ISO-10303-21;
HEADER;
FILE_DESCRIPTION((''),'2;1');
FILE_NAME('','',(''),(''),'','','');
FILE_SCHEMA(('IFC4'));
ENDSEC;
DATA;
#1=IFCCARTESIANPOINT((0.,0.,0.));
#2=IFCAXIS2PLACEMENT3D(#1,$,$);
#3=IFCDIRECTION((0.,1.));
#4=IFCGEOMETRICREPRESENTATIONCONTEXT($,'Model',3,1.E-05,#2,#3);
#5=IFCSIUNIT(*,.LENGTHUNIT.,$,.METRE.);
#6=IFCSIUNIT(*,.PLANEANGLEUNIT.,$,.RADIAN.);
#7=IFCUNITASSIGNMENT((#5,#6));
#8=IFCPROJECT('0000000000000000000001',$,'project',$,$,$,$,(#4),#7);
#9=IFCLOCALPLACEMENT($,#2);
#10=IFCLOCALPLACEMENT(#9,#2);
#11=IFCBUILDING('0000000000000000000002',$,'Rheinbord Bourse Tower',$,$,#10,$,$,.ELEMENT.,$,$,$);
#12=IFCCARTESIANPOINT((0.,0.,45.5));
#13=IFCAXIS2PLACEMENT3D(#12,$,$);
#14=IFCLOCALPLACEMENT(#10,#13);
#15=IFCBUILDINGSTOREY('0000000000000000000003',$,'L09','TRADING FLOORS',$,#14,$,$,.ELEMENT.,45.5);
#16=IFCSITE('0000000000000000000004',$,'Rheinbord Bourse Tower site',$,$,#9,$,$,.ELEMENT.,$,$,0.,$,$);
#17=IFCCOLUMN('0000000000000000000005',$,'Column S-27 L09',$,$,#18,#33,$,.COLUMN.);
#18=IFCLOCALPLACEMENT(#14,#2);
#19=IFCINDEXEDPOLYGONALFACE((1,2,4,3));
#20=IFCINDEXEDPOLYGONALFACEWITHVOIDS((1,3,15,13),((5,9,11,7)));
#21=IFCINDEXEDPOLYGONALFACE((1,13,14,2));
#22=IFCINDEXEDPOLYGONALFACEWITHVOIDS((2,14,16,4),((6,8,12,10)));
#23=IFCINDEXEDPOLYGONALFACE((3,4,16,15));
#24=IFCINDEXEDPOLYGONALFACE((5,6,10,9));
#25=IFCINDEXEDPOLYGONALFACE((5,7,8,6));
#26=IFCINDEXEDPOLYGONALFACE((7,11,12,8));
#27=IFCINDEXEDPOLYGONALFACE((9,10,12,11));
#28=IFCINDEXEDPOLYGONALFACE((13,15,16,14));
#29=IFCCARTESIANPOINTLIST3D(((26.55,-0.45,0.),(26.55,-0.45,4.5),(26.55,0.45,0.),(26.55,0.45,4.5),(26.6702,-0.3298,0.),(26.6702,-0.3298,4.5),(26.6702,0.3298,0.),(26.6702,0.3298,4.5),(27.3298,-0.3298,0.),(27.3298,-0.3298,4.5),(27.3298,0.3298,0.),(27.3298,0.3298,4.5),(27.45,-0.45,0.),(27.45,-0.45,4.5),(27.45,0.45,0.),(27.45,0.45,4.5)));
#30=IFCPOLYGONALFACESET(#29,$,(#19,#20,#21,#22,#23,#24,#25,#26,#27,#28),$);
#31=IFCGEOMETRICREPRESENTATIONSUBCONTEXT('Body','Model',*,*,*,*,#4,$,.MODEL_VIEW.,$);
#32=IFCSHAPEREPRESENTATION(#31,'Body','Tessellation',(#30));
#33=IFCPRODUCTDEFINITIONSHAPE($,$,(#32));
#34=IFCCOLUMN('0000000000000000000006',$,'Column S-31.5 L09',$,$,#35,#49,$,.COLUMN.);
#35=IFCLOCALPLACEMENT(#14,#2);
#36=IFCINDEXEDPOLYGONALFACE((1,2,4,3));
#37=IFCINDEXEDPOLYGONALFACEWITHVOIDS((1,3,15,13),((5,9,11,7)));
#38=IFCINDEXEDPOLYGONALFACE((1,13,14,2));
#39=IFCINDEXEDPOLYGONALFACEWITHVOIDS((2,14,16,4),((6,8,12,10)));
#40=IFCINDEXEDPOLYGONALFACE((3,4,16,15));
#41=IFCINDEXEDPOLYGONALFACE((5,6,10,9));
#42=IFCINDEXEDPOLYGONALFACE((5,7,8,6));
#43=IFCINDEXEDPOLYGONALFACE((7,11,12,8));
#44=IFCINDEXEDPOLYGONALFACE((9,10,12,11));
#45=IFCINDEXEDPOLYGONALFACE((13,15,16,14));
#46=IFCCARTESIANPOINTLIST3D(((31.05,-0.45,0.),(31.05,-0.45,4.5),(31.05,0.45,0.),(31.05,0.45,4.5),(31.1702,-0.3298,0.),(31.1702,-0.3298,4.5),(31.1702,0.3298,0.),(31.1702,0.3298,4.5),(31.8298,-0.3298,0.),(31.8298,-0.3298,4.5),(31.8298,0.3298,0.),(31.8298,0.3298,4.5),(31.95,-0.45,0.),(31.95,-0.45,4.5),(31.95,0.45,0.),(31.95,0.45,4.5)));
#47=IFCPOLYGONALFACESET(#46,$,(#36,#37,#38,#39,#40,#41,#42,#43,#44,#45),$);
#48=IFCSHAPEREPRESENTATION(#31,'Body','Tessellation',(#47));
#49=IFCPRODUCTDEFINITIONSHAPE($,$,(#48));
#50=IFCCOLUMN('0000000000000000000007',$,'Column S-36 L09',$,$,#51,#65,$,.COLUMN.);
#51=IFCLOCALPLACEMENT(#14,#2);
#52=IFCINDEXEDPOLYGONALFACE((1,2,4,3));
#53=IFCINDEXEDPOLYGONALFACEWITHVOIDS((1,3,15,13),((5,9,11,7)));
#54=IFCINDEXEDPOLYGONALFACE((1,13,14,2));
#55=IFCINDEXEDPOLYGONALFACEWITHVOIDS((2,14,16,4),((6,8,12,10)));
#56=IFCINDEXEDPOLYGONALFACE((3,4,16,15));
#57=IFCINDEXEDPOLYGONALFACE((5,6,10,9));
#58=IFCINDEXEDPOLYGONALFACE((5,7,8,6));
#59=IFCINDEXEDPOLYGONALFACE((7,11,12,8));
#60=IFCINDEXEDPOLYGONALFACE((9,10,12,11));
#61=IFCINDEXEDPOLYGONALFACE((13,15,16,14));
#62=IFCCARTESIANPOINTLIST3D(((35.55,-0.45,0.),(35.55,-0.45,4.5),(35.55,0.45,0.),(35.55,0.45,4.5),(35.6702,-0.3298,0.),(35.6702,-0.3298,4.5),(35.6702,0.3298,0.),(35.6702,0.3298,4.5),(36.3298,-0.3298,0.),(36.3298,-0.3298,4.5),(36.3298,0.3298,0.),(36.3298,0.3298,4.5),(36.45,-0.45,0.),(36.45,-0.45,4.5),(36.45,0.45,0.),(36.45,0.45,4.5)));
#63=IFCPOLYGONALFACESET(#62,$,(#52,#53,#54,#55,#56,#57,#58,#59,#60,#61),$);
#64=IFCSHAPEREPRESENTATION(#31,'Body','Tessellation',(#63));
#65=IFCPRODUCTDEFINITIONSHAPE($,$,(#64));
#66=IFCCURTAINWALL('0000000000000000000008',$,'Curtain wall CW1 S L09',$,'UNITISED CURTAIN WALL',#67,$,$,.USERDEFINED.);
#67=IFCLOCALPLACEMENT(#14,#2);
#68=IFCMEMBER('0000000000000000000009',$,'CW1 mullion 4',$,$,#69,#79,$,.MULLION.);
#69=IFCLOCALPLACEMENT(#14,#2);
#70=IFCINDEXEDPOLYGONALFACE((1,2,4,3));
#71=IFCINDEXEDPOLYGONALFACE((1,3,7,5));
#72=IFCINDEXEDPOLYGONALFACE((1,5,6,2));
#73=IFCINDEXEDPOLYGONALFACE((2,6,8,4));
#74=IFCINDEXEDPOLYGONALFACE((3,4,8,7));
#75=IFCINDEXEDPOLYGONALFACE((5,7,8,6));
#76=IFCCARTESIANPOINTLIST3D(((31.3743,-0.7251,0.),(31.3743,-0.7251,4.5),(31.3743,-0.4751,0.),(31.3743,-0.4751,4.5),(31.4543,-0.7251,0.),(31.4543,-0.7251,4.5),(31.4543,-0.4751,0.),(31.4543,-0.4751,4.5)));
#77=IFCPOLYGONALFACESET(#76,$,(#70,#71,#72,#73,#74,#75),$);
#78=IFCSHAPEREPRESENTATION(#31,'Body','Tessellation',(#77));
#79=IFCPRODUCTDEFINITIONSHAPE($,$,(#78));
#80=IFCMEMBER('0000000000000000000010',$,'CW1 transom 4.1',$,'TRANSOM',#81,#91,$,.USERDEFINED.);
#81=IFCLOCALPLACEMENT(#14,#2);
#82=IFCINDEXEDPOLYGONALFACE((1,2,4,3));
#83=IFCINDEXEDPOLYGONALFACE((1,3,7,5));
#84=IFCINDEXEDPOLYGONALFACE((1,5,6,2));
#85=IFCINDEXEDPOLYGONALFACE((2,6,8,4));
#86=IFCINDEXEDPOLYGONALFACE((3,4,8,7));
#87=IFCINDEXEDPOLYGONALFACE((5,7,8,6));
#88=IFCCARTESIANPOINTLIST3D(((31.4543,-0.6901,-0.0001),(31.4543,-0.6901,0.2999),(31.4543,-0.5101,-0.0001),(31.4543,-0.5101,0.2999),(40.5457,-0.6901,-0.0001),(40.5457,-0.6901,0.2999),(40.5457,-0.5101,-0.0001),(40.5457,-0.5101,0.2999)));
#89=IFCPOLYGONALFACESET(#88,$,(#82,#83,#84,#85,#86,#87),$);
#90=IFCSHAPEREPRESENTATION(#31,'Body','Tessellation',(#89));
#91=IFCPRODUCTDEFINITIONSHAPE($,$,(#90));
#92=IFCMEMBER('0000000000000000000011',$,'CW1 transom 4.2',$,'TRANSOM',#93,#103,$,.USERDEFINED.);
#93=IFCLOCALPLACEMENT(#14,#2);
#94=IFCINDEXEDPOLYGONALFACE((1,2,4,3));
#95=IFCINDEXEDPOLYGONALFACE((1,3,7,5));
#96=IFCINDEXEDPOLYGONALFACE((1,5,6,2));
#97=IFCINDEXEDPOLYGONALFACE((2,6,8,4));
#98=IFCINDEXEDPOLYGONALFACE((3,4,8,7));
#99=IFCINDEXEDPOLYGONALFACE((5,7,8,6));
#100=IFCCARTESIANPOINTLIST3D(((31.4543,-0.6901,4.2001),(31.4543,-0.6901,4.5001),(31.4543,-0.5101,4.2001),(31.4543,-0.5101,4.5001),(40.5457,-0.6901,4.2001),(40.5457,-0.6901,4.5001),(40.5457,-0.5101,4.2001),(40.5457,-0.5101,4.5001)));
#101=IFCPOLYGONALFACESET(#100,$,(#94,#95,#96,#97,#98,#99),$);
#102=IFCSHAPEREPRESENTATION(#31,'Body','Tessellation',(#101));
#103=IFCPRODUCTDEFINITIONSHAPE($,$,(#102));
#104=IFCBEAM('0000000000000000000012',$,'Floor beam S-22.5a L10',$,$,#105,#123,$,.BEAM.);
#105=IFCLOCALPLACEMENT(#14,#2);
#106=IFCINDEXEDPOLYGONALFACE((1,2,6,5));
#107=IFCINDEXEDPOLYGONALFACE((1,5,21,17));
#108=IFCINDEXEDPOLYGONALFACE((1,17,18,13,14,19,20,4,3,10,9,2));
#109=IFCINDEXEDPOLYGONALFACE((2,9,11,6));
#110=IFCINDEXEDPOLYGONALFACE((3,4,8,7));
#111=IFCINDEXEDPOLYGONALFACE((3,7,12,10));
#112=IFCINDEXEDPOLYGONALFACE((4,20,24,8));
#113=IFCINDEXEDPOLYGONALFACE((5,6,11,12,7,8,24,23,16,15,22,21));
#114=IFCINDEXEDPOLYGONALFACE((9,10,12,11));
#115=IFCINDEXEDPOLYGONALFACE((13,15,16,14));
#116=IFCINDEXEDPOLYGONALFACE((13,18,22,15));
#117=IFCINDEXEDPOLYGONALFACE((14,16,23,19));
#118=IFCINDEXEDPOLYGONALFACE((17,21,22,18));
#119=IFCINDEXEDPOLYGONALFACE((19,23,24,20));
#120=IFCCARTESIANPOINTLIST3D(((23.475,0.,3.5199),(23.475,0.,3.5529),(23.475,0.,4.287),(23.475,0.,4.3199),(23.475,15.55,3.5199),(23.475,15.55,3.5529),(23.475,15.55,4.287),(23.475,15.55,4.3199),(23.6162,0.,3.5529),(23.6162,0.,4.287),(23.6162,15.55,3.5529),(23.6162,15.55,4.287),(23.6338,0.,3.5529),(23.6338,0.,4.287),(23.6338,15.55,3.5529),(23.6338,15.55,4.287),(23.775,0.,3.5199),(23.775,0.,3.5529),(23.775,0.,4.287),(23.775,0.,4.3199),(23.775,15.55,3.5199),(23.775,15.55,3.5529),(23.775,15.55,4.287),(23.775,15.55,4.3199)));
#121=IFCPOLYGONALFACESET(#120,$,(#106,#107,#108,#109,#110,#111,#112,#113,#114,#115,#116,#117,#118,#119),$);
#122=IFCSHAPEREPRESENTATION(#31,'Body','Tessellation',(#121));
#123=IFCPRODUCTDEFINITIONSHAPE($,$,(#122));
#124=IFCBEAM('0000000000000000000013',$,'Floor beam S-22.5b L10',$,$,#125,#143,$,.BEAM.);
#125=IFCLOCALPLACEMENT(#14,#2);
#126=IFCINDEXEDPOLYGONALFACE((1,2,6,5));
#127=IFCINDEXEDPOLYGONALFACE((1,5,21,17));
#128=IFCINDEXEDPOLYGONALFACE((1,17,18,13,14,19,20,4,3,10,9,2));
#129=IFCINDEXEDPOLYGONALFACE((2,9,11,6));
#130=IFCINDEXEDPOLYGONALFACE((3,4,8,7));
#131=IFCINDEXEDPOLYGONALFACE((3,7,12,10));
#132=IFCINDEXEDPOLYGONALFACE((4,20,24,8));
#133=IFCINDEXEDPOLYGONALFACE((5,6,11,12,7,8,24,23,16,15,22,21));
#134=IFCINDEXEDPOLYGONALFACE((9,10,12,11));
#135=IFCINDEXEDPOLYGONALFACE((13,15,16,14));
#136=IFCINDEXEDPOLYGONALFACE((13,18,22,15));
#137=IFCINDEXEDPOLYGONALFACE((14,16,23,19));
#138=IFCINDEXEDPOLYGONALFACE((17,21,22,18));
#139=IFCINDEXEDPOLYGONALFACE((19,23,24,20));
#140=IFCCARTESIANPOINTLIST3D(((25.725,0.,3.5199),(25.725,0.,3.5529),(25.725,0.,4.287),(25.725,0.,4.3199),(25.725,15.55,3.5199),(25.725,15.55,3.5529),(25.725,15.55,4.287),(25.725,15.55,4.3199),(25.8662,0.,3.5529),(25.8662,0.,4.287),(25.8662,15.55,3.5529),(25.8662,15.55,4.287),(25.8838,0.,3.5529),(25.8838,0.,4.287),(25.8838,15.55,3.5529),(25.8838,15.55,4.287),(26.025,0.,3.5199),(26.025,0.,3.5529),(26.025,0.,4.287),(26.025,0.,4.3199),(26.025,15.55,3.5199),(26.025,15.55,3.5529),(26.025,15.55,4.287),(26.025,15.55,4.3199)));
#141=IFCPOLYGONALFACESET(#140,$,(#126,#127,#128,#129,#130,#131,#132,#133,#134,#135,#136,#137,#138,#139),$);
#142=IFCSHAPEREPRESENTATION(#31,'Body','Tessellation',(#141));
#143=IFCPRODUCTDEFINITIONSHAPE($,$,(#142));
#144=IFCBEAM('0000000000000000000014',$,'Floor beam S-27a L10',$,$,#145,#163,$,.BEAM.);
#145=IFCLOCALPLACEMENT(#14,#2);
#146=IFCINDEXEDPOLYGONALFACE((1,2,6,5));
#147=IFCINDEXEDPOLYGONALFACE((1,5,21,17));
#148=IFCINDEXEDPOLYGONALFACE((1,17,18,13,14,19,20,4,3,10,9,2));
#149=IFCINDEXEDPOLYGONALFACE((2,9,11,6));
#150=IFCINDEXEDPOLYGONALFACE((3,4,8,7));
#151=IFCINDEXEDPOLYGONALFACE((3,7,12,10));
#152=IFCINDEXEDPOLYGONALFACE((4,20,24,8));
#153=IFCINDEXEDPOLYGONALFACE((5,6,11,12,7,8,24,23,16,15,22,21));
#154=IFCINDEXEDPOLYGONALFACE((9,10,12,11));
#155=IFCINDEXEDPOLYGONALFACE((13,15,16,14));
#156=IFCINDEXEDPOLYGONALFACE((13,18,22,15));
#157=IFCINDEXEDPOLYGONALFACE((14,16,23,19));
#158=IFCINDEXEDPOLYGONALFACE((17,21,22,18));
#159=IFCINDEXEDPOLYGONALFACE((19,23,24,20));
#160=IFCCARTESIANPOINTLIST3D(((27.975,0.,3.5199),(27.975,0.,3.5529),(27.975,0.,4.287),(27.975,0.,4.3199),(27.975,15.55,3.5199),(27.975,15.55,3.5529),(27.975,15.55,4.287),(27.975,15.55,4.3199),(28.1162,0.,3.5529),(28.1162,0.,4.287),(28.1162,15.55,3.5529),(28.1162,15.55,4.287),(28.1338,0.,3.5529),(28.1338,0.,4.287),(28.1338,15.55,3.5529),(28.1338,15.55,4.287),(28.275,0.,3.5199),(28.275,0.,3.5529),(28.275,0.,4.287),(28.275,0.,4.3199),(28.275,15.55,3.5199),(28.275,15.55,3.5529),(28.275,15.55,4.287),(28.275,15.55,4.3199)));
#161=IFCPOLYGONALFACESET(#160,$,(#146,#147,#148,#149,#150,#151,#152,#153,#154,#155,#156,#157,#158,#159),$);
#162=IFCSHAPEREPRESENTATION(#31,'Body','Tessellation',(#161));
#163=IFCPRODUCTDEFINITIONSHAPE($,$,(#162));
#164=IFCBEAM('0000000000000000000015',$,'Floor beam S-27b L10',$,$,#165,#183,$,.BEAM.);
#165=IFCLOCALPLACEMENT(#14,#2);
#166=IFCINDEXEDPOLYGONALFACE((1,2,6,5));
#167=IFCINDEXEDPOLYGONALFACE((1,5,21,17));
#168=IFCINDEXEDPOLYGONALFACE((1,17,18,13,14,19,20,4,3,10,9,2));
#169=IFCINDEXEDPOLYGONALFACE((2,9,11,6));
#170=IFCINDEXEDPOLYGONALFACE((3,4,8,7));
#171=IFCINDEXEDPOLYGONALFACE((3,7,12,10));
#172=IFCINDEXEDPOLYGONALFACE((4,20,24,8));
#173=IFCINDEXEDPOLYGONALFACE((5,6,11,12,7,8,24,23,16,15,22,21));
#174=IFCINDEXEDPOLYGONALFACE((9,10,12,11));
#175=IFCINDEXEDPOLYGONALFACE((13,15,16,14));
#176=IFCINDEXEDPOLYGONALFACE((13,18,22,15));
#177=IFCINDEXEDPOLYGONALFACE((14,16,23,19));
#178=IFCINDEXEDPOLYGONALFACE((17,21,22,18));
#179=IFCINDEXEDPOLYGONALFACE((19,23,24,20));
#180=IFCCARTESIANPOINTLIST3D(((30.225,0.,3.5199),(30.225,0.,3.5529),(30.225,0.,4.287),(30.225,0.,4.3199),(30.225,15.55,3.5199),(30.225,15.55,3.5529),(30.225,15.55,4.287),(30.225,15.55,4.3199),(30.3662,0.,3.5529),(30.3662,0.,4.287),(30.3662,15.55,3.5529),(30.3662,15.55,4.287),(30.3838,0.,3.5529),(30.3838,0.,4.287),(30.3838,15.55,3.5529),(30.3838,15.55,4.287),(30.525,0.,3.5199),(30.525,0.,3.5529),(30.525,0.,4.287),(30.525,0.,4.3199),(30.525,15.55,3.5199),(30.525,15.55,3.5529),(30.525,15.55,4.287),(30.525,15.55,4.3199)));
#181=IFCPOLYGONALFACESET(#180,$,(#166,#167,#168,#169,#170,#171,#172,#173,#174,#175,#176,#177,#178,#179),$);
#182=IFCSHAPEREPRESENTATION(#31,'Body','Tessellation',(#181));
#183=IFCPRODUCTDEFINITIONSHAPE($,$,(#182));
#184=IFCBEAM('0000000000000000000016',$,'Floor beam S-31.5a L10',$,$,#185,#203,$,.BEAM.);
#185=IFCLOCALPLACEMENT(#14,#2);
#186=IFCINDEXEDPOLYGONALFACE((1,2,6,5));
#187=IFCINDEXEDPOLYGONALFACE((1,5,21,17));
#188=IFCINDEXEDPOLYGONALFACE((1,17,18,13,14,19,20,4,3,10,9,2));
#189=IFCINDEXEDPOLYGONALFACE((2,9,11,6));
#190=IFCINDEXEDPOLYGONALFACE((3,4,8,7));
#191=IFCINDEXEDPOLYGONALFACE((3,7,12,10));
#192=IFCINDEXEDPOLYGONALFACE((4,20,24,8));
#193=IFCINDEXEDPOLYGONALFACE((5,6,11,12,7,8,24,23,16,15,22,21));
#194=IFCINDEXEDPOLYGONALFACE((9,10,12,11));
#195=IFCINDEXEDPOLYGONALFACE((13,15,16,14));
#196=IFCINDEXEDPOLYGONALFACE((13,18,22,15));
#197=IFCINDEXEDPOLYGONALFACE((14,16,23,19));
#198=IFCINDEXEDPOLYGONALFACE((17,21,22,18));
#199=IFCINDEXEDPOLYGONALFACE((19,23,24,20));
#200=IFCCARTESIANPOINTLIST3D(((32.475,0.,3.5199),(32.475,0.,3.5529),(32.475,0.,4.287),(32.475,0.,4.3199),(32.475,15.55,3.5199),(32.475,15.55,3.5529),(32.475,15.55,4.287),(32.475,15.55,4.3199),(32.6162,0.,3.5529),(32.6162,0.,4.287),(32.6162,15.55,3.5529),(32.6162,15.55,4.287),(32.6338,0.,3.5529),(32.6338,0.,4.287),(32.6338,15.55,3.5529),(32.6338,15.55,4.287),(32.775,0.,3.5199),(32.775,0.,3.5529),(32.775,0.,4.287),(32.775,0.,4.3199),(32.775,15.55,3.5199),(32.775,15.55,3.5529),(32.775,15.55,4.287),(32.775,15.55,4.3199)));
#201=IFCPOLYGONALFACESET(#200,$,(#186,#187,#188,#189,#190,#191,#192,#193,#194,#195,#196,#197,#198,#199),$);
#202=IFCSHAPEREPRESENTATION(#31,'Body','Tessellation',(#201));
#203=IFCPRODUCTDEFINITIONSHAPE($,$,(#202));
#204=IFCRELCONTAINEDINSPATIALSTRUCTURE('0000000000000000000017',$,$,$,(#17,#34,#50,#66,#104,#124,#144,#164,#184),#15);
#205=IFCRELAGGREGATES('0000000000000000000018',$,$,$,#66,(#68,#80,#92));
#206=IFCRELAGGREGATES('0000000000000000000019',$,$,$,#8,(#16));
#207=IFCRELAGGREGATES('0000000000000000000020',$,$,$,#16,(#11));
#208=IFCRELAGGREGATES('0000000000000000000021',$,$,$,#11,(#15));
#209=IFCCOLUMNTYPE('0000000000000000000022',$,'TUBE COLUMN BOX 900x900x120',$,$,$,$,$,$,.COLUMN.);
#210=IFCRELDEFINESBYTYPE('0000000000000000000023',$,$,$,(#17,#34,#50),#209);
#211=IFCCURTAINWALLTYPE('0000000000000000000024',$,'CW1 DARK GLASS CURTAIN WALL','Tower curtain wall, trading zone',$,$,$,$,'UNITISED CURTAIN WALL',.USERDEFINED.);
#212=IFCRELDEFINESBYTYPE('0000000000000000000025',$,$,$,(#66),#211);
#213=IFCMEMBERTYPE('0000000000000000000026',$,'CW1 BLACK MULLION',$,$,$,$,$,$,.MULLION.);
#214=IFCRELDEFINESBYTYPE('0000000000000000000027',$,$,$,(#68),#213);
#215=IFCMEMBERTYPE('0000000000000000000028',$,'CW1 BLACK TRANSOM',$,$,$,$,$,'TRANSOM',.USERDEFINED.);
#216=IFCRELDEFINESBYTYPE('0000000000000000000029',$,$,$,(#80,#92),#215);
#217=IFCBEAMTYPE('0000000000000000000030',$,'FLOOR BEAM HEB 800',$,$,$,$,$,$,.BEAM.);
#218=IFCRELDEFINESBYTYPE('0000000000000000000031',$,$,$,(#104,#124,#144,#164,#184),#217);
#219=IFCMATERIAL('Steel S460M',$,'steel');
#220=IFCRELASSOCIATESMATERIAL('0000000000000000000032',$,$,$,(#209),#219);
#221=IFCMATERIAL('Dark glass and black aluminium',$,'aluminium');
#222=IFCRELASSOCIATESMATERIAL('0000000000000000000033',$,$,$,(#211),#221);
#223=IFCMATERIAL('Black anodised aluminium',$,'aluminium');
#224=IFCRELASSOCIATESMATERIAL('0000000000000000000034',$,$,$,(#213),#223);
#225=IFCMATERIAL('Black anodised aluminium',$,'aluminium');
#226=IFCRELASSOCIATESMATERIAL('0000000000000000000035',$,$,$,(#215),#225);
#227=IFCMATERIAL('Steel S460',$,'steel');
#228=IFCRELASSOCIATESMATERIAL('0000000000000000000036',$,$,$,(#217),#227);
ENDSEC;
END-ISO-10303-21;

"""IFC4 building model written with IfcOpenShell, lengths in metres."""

from ifc_helpers import new_model, si_unit, direction, frame, origin, origin_2d, place, context, subcontext, project, spatial, rectangle, hollow_rectangle, i_section, extrude, material, material_profile, profile_set, type_object, element, aggregate, save


model = new_model("IFC4")

# Units and contexts
model_context = context("Model", 3, precision=1e-05, world=origin(), true_north=direction((0.0, 1.0)))
body_context = subcontext(model_context, "Body", "Model", "MODEL_VIEW")
ifc_project = project(units=[si_unit("LENGTHUNIT", "METRE"), si_unit("PLANEANGLEUNIT", "RADIAN")], contexts=[model_context])

# Site, building, storey
site_placement = place(None, origin())
site = spatial("IfcSite", under=ifc_project, at=site_placement, Name="Rheinbord Bourse Tower site", CompositionType="ELEMENT", RefElevation=0.0)
building_placement = place(site_placement, origin())
building = spatial("IfcBuilding", under=site, at=building_placement, Name="Rheinbord Bourse Tower", CompositionType="ELEMENT")
storey_placement = place(building_placement, frame((0.0, 0.0, 45.5)))
storey = spatial("IfcBuildingStorey", under=building, at=storey_placement, Name="L09", Description="TRADING FLOORS", CompositionType="ELEMENT", Elevation=45.5)

# Columns
ifc_material_1 = material(Name="Steel S460M", Category="steel")
ifc_material_profile_1 = material_profile(ifc_material_1, hollow_rectangle(XDim=0.8999, YDim=0.8999, WallThickness=0.1201, at=origin_2d()), Name="BOX 900x900x120")
ifc_profile_set_1 = profile_set([ifc_material_profile_1], Name="Steel S460M")
column_type = type_object("IfcColumnType", Name="TUBE COLUMN BOX 900x900x120", PredefinedType="COLUMN", material=ifc_profile_set_1)
for number, where, z_axis, x_axis, name in (
    (1, (27.0, 0.0, 0.0), (0.0, 0.0, 1.0), (0.0, 1.0, 0.0), "Column S-27 L09"),
    (2, (31.5, 0.0, 0.0), (0.0, 0.0, 1.0), (0.0, 1.0, 0.0), "Column S-31.5 L09"),
    (3, (36.0, 0.0, 0.0), (0.0, 0.0, 1.0), (0.0, 1.0, 0.0), "Column S-36 L09"),
):
    element("IfcColumn", number, at=place(storey_placement, frame(where, z_axis=z_axis, x_axis=x_axis)), inside=storey, type_object=column_type, Name=name, PredefinedType="COLUMN", context=body_context, shape_type="SweptSolid", body=[
        extrude(hollow_rectangle(XDim=0.8999, YDim=0.8999, WallThickness=0.1201, at=origin_2d()), origin(), (0.0, 0.0, 1.0), 4.5),
    ])

# Curtain wall, members
ifc_material_2 = material(Name="Dark glass and black aluminium", Category="aluminium")
curtain_wall_type = type_object("IfcCurtainWallType", Name="CW1 DARK GLASS CURTAIN WALL", Description="Tower curtain wall, trading zone", ElementType="UNITISED CURTAIN WALL", PredefinedType="USERDEFINED", material=ifc_material_2)
curtain_wall_placement = place(storey_placement, origin())
curtain_wall = element("IfcCurtainWall", 4, at=curtain_wall_placement, inside=storey, type_object=curtain_wall_type, Name="Curtain wall CW1 S L09", ObjectType="UNITISED CURTAIN WALL", PredefinedType="USERDEFINED")
ifc_material_3 = material(Name="Black anodised aluminium", Category="aluminium")
ifc_material_profile_2 = material_profile(ifc_material_3, rectangle(XDim=0.25, YDim=0.0801, at=origin_2d()), Name="CW1 MULLION 80x250")
ifc_profile_set_2 = profile_set([ifc_material_profile_2], Name="Black anodised aluminium")
member_type_1 = type_object("IfcMemberType", Name="CW1 BLACK MULLION", PredefinedType="MULLION", material=ifc_profile_set_2)
member_1_placement = place(storey_placement, frame((31.4143, -0.6001, 0.0), z_axis=(0.0, 0.0, 1.0), x_axis=(0.0, 1.0, 0.0)))
member_1 = element("IfcMember", 5, at=member_1_placement, type_object=member_type_1, Name="CW1 mullion 4", PredefinedType="MULLION", context=body_context, shape_type="SweptSolid", body=[
    extrude(rectangle(XDim=0.25, YDim=0.0801, at=origin_2d()), origin(), (0.0, 0.0, 1.0), 4.5),
])
ifc_material_4 = material(Name="Black anodised aluminium", Category="aluminium")
ifc_material_profile_3 = material_profile(ifc_material_4, rectangle(XDim=0.1799, YDim=0.3, at=origin_2d()), Name="CW1 TRANSOM 300x180")
ifc_profile_set_3 = profile_set([ifc_material_profile_3], Name="Black anodised aluminium")
member_type_2 = type_object("IfcMemberType", Name="CW1 BLACK TRANSOM", ElementType="TRANSOM", PredefinedType="USERDEFINED", material=ifc_profile_set_3)
member_2_placement = place(storey_placement, frame((31.4543, -0.6001, 0.1499), z_axis=(1.0, 0.0, 0.0), x_axis=(0.0, 1.0, 0.0)))
member_2 = element("IfcMember", 6, at=member_2_placement, type_object=member_type_2, Name="CW1 transom 4.1", ObjectType="TRANSOM", PredefinedType="USERDEFINED", context=body_context, shape_type="SweptSolid", body=[
    extrude(rectangle(XDim=0.1799, YDim=0.3, at=origin_2d()), origin(), (0.0, 0.0, 1.0), 9.0913),
])
member_3_placement = place(storey_placement, frame((31.4543, -0.6001, 4.3501), z_axis=(1.0, 0.0, 0.0), x_axis=(0.0, 1.0, 0.0)))
member_3 = element("IfcMember", 7, at=member_3_placement, type_object=member_type_2, Name="CW1 transom 4.2", ObjectType="TRANSOM", PredefinedType="USERDEFINED", context=body_context, shape_type="SweptSolid", body=[
    extrude(rectangle(XDim=0.1799, YDim=0.3, at=origin_2d()), origin(), (0.0, 0.0, 1.0), 9.0913),
])

# Beams
ifc_material_5 = material(Name="Steel S460", Category="steel")
ifc_material_profile_4 = material_profile(ifc_material_5, i_section(OverallWidth=0.3, OverallDepth=0.8, WebThickness=0.0176, FlangeThickness=0.033, at=origin_2d()), Name="HEB 800")
ifc_profile_set_4 = profile_set([ifc_material_profile_4], Name="Steel S460")
beam_type_1 = type_object("IfcBeamType", Name="FLOOR BEAM HEB 800", PredefinedType="BEAM", material=ifc_profile_set_4)
for number, where, z_axis, x_axis, name in (
    (8, (23.625, 0.0, 3.9199), (0.0, 1.0, 0.0), (-1.0, 0.0, 0.0), "Floor beam S-22.5a L10"),
    (9, (25.875, 0.0, 3.9199), (0.0, 1.0, 0.0), (-1.0, 0.0, 0.0), "Floor beam S-22.5b L10"),
    (10, (28.125, 0.0, 3.9199), (0.0, 1.0, 0.0), (-1.0, 0.0, 0.0), "Floor beam S-27a L10"),
    (11, (30.375, 0.0, 3.9199), (0.0, 1.0, 0.0), (-1.0, 0.0, 0.0), "Floor beam S-27b L10"),
    (12, (32.625, 0.0, 3.9199), (0.0, 1.0, 0.0), (-1.0, 0.0, 0.0), "Floor beam S-31.5a L10"),
):
    element("IfcBeam", number, at=place(storey_placement, frame(where, z_axis=z_axis, x_axis=x_axis)), inside=storey, type_object=beam_type_1, Name=name, PredefinedType="BEAM", context=body_context, shape_type="SweptSolid", body=[
        extrude(i_section(OverallWidth=0.3, OverallDepth=0.8, WebThickness=0.0176, FlangeThickness=0.033, at=origin_2d()), origin(), (0.0, 0.0, 1.0), 15.55),
    ])

aggregate(curtain_wall, [member_1, member_2, member_3])

save(model, "model.ifc")
